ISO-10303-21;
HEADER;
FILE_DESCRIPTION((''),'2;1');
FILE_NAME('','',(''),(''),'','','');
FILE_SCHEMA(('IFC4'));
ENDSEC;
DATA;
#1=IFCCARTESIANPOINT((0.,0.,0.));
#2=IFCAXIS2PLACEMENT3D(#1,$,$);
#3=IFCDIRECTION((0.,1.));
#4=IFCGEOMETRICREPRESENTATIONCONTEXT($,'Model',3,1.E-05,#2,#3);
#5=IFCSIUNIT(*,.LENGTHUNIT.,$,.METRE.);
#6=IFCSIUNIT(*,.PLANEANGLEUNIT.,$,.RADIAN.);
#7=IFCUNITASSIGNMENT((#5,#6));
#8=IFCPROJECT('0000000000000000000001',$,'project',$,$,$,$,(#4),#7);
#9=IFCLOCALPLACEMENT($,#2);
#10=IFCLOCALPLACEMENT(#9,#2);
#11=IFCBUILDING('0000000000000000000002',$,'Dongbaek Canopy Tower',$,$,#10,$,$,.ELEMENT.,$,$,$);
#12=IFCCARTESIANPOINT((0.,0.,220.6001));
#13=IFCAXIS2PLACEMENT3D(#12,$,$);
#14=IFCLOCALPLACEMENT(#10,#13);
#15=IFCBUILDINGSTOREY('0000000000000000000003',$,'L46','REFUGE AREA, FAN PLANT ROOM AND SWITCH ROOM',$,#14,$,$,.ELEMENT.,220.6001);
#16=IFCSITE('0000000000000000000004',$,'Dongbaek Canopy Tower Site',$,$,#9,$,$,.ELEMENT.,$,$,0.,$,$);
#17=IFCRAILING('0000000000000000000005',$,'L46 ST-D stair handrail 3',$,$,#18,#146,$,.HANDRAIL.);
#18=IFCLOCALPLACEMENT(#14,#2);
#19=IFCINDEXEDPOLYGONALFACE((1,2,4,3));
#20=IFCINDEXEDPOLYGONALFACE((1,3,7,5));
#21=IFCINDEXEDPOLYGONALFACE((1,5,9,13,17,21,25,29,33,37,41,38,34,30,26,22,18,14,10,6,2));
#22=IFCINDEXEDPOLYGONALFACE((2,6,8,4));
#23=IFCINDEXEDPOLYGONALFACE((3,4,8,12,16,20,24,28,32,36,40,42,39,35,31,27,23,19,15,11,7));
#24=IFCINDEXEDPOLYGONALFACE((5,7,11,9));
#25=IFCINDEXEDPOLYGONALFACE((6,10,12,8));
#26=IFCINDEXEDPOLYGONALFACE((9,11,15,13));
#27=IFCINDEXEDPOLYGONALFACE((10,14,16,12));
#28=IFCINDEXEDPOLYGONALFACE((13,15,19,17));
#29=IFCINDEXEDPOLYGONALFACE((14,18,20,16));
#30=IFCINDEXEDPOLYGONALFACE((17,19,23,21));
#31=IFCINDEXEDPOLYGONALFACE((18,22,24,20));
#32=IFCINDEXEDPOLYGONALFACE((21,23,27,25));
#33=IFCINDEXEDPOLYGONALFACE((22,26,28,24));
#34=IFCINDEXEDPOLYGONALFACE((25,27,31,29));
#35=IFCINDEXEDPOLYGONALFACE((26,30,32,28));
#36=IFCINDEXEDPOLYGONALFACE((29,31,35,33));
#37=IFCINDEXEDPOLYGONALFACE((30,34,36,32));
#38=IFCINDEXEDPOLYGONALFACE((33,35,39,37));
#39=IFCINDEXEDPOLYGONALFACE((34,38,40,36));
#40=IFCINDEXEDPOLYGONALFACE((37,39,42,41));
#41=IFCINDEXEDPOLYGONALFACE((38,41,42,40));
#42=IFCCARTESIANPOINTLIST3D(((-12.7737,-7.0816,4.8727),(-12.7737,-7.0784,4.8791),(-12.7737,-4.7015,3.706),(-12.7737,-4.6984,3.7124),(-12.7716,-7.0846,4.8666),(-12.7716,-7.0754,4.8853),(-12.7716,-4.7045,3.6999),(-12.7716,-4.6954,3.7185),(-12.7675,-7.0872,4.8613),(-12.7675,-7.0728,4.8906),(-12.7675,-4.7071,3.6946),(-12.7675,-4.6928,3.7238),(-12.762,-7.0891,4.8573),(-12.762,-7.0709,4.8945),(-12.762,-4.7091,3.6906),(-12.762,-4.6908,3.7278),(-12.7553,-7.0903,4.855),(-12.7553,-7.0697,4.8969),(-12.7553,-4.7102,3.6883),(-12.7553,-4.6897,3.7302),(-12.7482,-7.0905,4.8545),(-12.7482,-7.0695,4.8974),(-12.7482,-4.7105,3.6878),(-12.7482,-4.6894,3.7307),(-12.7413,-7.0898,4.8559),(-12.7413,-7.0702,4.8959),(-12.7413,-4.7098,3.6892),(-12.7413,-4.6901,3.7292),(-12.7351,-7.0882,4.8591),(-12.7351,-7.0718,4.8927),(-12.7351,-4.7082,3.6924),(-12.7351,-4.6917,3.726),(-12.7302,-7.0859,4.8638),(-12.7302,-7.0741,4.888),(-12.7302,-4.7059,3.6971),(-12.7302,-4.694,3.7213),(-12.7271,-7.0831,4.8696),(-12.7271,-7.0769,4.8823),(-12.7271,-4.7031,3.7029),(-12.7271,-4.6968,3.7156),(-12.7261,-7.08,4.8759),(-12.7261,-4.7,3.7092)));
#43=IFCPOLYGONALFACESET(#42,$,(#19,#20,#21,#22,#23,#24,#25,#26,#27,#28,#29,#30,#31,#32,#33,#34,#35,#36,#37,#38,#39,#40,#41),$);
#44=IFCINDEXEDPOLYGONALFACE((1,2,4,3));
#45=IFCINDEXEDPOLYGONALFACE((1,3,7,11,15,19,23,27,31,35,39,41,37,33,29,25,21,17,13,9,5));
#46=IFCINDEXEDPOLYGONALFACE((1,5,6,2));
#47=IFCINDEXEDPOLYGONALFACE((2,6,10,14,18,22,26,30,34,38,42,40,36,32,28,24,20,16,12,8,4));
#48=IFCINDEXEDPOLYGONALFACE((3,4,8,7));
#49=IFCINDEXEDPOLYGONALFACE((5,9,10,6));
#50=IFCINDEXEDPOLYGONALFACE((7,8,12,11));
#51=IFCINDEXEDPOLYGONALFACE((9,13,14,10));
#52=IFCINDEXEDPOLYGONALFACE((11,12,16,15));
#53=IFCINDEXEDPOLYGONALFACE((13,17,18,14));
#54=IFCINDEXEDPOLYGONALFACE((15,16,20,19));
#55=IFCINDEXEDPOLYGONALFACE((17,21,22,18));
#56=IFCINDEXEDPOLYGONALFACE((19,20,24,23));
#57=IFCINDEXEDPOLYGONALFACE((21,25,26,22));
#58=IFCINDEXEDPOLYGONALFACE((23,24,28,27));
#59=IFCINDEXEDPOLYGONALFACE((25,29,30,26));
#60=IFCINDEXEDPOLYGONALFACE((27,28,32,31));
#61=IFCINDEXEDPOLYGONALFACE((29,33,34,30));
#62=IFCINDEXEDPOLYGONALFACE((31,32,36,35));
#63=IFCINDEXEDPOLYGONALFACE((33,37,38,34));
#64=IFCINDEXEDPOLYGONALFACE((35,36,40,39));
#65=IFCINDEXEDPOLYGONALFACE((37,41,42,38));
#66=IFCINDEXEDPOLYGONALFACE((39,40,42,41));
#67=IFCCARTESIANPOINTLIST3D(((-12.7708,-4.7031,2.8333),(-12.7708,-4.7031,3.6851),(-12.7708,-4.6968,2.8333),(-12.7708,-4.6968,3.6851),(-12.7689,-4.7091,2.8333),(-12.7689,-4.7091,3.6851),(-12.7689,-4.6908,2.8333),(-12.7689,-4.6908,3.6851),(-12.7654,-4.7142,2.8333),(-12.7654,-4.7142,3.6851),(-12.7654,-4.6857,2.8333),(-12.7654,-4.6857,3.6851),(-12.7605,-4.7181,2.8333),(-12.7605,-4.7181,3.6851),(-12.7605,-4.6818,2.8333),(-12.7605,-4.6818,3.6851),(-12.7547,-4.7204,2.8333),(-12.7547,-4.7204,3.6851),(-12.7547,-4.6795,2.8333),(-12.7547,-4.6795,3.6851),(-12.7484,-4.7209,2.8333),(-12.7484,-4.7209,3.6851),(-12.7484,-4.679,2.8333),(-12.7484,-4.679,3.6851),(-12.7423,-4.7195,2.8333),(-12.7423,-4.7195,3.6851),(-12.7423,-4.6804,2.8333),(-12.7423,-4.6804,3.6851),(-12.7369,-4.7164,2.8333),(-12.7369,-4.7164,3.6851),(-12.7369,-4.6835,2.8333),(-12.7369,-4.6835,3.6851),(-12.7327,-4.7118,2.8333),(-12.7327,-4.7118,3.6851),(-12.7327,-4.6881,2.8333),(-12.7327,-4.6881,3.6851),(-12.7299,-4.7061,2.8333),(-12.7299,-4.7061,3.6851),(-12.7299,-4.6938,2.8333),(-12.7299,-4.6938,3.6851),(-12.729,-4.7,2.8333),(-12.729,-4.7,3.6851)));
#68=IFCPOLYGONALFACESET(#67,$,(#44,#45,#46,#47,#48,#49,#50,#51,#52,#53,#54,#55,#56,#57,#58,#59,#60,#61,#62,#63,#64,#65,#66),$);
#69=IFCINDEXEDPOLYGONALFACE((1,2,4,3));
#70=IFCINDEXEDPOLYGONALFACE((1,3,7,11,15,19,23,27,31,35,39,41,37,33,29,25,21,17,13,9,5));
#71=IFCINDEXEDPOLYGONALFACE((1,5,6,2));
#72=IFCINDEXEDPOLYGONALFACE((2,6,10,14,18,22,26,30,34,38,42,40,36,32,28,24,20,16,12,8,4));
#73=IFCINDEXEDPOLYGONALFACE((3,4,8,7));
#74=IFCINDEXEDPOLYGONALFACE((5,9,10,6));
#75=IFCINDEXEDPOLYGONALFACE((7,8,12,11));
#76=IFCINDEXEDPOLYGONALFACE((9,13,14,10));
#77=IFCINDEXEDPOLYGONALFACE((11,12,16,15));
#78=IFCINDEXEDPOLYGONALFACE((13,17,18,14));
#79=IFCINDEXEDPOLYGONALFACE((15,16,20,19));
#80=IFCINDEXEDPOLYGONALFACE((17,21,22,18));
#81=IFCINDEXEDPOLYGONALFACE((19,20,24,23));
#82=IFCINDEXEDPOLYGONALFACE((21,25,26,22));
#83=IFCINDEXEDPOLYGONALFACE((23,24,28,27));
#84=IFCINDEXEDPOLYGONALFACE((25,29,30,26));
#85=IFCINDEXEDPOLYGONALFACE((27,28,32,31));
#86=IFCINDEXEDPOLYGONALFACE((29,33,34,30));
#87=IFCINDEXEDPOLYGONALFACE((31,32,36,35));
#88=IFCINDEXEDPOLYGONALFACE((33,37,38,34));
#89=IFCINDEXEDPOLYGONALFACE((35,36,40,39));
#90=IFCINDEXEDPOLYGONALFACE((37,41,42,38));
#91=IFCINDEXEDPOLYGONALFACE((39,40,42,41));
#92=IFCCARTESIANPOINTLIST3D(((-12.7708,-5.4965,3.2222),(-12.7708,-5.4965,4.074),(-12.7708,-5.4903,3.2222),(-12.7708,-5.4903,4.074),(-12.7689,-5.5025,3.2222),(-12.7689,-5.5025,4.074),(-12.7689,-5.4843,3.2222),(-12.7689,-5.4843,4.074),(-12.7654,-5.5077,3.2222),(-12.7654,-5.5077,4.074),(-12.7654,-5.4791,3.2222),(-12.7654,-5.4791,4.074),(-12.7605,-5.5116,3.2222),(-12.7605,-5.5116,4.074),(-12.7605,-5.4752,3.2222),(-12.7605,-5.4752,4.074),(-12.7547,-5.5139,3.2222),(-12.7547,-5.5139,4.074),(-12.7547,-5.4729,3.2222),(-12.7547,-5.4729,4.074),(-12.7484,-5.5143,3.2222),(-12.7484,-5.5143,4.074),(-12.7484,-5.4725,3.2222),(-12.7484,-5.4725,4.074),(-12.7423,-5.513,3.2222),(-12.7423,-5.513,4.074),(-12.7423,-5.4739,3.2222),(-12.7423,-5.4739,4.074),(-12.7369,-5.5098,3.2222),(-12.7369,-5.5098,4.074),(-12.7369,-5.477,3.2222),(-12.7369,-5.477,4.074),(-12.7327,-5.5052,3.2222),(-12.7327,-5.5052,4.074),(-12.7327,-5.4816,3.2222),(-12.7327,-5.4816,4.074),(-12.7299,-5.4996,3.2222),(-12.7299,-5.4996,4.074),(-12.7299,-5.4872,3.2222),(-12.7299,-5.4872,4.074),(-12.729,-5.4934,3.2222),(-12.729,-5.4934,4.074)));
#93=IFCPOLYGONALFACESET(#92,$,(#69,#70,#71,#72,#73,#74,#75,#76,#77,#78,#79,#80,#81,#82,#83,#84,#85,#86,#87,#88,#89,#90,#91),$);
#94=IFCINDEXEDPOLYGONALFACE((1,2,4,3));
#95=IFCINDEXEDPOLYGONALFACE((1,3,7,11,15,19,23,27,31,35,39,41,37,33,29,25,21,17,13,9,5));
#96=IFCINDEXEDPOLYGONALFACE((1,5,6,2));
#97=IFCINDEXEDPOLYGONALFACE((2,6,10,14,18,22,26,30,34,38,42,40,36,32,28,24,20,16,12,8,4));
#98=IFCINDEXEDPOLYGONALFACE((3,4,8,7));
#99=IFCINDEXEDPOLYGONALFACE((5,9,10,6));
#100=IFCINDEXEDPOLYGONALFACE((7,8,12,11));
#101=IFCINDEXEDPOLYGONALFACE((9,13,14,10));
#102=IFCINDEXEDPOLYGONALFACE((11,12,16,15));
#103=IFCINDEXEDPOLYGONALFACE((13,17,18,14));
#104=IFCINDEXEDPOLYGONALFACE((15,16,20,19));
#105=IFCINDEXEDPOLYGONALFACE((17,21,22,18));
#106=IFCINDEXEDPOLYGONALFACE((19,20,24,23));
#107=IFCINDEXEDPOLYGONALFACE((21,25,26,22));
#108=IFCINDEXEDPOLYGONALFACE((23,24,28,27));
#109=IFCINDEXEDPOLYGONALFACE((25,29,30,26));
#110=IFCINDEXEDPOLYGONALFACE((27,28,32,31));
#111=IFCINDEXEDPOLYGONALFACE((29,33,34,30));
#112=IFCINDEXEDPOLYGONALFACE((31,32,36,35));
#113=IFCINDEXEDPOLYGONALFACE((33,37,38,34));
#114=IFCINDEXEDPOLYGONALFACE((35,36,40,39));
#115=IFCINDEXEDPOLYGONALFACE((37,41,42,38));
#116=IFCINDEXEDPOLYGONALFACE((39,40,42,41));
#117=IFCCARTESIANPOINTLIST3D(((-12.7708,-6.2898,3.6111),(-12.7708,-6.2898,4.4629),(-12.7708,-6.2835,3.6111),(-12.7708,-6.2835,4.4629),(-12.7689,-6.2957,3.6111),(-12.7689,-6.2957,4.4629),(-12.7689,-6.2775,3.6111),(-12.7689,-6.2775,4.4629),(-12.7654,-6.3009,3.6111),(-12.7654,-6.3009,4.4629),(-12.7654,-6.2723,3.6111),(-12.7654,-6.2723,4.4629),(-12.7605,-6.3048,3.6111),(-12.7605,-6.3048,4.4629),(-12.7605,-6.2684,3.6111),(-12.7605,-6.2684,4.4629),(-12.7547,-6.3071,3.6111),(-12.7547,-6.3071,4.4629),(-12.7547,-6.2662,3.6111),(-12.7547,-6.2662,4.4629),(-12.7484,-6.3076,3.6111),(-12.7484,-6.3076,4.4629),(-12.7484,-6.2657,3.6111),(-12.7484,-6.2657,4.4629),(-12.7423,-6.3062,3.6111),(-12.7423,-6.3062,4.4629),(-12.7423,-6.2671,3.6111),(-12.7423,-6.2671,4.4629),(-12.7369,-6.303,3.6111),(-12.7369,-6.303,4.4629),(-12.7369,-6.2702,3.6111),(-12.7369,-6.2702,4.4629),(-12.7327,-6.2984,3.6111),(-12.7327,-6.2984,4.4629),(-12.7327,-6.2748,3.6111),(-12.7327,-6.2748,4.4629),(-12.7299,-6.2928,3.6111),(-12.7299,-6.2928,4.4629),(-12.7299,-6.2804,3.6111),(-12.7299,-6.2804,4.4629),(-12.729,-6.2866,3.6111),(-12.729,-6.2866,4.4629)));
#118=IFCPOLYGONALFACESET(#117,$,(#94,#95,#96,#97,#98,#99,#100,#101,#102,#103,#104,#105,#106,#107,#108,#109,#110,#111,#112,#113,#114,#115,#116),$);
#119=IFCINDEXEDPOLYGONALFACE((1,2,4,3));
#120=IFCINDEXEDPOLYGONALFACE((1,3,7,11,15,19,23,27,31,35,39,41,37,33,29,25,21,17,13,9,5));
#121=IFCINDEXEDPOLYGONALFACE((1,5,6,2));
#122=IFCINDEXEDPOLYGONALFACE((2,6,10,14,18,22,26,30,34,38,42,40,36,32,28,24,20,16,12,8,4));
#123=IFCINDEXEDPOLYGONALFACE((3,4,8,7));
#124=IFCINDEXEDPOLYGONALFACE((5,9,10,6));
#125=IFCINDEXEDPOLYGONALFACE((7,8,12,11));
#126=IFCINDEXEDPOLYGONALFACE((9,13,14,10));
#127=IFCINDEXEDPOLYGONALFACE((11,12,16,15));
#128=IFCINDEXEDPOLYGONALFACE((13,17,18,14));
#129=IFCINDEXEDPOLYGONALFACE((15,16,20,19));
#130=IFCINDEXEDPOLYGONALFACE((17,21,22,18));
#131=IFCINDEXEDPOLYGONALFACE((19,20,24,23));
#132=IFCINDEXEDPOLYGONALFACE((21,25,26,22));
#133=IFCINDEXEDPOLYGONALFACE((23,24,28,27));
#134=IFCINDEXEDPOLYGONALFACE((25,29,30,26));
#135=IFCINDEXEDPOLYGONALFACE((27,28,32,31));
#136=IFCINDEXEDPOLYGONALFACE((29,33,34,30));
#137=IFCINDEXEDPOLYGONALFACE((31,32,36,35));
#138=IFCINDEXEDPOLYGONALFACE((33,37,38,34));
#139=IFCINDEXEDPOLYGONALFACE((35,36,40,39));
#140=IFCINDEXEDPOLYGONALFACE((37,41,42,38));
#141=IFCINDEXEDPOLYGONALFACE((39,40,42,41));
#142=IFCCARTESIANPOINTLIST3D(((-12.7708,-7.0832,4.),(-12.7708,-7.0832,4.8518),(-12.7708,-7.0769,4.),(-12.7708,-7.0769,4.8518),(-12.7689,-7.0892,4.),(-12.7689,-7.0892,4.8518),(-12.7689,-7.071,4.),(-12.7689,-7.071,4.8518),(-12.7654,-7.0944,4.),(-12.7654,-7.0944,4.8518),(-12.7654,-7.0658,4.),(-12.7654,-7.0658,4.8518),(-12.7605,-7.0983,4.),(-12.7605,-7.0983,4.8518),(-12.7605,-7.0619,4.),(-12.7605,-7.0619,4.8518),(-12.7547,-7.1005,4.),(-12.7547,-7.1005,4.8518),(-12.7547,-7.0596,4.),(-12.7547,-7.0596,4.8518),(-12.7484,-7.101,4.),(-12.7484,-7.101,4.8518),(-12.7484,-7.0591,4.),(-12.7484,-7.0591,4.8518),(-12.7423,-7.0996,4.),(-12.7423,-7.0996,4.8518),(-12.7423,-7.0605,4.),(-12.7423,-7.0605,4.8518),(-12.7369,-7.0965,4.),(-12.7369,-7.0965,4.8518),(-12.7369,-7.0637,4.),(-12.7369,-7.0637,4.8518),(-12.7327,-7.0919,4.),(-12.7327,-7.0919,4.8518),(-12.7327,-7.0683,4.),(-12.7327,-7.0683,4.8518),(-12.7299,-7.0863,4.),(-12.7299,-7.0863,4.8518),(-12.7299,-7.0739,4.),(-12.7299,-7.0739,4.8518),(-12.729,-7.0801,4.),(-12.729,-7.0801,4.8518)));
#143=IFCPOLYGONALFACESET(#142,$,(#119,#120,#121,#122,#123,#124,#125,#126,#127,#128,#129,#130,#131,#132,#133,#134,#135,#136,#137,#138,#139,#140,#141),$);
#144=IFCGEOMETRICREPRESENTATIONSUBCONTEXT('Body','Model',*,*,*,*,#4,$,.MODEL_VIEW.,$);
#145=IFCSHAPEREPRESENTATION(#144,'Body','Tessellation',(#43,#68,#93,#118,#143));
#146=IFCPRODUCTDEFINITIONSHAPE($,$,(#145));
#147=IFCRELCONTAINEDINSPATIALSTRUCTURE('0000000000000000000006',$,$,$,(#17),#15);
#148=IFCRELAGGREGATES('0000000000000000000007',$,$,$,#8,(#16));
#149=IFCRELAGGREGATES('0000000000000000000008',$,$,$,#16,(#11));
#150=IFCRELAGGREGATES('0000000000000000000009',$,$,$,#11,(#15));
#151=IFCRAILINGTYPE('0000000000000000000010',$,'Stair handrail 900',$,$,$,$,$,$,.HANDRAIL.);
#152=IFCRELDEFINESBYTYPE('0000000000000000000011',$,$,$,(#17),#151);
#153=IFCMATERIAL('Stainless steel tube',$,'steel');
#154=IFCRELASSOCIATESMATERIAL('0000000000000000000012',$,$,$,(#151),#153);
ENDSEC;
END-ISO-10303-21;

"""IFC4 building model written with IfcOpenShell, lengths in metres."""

from ifc_helpers import new_model, si_unit, direction, frame, origin, origin_2d, place, context, subcontext, project, spatial, circle, extrude, material, type_object, element, save


model = new_model("IFC4")

# Units and contexts
model_context = context("Model", 3, precision=1e-05, world=origin(), true_north=direction((0.0, 1.0)))
body_context = subcontext(model_context, "Body", "Model", "MODEL_VIEW")
ifc_project = project(units=[si_unit("LENGTHUNIT", "METRE"), si_unit("PLANEANGLEUNIT", "RADIAN")], contexts=[model_context])

# Site, building, storey
site_placement = place(None, origin())
site = spatial("IfcSite", under=ifc_project, at=site_placement, Name="Dongbaek Canopy Tower Site", CompositionType="ELEMENT", RefElevation=0.0)
building_placement = place(site_placement, origin())
building = spatial("IfcBuilding", under=site, at=building_placement, Name="Dongbaek Canopy Tower", CompositionType="ELEMENT")
storey_placement = place(building_placement, frame((0.0, 0.0, 220.6001)))
storey = spatial("IfcBuildingStorey", under=building, at=storey_placement, Name="L46", Description="REFUGE AREA, FAN PLANT ROOM AND SWITCH ROOM", CompositionType="ELEMENT", Elevation=220.6001)

# Railing
ifc_material_1 = material(Name="Stainless steel tube", Category="steel")
railing_type_1 = type_object("IfcRailingType", Name="Stair handrail 900", PredefinedType="HANDRAIL", material=ifc_material_1)
railing_1_placement = place(storey_placement, frame((-12.75, -4.7, 2.8333)))
element("IfcRailing", 1, at=railing_1_placement, inside=storey, type_object=railing_type_1, Name="L46 ST-D stair handrail 3", PredefinedType="HANDRAIL", context=body_context, shape_type="SweptSolid", body=[
    extrude(circle(Radius=0.0239, at=origin_2d()), frame((0.0, 0.0, 0.876), z_axis=(0.0, -0.897918, 0.440163), x_axis=(1.0, 0.0, 0.0)), (0.0, 0.0, 1.0), 2.6506),
    extrude(circle(Radius=0.021, at=origin_2d()), origin(), (0.0, 0.0, 1.0), 0.8518),
    extrude(circle(Radius=0.021, at=origin_2d()), frame((0.0, -0.7935, 0.3889)), (0.0, 0.0, 1.0), 0.8518),
    extrude(circle(Radius=0.021, at=origin_2d()), frame((0.0, -1.5867, 0.7778)), (0.0, 0.0, 1.0), 0.8518),
    extrude(circle(Radius=0.021, at=origin_2d()), frame((0.0, -2.3801, 1.1667)), (0.0, 0.0, 1.0), 0.8518),
])

save(model, "model.ifc")
